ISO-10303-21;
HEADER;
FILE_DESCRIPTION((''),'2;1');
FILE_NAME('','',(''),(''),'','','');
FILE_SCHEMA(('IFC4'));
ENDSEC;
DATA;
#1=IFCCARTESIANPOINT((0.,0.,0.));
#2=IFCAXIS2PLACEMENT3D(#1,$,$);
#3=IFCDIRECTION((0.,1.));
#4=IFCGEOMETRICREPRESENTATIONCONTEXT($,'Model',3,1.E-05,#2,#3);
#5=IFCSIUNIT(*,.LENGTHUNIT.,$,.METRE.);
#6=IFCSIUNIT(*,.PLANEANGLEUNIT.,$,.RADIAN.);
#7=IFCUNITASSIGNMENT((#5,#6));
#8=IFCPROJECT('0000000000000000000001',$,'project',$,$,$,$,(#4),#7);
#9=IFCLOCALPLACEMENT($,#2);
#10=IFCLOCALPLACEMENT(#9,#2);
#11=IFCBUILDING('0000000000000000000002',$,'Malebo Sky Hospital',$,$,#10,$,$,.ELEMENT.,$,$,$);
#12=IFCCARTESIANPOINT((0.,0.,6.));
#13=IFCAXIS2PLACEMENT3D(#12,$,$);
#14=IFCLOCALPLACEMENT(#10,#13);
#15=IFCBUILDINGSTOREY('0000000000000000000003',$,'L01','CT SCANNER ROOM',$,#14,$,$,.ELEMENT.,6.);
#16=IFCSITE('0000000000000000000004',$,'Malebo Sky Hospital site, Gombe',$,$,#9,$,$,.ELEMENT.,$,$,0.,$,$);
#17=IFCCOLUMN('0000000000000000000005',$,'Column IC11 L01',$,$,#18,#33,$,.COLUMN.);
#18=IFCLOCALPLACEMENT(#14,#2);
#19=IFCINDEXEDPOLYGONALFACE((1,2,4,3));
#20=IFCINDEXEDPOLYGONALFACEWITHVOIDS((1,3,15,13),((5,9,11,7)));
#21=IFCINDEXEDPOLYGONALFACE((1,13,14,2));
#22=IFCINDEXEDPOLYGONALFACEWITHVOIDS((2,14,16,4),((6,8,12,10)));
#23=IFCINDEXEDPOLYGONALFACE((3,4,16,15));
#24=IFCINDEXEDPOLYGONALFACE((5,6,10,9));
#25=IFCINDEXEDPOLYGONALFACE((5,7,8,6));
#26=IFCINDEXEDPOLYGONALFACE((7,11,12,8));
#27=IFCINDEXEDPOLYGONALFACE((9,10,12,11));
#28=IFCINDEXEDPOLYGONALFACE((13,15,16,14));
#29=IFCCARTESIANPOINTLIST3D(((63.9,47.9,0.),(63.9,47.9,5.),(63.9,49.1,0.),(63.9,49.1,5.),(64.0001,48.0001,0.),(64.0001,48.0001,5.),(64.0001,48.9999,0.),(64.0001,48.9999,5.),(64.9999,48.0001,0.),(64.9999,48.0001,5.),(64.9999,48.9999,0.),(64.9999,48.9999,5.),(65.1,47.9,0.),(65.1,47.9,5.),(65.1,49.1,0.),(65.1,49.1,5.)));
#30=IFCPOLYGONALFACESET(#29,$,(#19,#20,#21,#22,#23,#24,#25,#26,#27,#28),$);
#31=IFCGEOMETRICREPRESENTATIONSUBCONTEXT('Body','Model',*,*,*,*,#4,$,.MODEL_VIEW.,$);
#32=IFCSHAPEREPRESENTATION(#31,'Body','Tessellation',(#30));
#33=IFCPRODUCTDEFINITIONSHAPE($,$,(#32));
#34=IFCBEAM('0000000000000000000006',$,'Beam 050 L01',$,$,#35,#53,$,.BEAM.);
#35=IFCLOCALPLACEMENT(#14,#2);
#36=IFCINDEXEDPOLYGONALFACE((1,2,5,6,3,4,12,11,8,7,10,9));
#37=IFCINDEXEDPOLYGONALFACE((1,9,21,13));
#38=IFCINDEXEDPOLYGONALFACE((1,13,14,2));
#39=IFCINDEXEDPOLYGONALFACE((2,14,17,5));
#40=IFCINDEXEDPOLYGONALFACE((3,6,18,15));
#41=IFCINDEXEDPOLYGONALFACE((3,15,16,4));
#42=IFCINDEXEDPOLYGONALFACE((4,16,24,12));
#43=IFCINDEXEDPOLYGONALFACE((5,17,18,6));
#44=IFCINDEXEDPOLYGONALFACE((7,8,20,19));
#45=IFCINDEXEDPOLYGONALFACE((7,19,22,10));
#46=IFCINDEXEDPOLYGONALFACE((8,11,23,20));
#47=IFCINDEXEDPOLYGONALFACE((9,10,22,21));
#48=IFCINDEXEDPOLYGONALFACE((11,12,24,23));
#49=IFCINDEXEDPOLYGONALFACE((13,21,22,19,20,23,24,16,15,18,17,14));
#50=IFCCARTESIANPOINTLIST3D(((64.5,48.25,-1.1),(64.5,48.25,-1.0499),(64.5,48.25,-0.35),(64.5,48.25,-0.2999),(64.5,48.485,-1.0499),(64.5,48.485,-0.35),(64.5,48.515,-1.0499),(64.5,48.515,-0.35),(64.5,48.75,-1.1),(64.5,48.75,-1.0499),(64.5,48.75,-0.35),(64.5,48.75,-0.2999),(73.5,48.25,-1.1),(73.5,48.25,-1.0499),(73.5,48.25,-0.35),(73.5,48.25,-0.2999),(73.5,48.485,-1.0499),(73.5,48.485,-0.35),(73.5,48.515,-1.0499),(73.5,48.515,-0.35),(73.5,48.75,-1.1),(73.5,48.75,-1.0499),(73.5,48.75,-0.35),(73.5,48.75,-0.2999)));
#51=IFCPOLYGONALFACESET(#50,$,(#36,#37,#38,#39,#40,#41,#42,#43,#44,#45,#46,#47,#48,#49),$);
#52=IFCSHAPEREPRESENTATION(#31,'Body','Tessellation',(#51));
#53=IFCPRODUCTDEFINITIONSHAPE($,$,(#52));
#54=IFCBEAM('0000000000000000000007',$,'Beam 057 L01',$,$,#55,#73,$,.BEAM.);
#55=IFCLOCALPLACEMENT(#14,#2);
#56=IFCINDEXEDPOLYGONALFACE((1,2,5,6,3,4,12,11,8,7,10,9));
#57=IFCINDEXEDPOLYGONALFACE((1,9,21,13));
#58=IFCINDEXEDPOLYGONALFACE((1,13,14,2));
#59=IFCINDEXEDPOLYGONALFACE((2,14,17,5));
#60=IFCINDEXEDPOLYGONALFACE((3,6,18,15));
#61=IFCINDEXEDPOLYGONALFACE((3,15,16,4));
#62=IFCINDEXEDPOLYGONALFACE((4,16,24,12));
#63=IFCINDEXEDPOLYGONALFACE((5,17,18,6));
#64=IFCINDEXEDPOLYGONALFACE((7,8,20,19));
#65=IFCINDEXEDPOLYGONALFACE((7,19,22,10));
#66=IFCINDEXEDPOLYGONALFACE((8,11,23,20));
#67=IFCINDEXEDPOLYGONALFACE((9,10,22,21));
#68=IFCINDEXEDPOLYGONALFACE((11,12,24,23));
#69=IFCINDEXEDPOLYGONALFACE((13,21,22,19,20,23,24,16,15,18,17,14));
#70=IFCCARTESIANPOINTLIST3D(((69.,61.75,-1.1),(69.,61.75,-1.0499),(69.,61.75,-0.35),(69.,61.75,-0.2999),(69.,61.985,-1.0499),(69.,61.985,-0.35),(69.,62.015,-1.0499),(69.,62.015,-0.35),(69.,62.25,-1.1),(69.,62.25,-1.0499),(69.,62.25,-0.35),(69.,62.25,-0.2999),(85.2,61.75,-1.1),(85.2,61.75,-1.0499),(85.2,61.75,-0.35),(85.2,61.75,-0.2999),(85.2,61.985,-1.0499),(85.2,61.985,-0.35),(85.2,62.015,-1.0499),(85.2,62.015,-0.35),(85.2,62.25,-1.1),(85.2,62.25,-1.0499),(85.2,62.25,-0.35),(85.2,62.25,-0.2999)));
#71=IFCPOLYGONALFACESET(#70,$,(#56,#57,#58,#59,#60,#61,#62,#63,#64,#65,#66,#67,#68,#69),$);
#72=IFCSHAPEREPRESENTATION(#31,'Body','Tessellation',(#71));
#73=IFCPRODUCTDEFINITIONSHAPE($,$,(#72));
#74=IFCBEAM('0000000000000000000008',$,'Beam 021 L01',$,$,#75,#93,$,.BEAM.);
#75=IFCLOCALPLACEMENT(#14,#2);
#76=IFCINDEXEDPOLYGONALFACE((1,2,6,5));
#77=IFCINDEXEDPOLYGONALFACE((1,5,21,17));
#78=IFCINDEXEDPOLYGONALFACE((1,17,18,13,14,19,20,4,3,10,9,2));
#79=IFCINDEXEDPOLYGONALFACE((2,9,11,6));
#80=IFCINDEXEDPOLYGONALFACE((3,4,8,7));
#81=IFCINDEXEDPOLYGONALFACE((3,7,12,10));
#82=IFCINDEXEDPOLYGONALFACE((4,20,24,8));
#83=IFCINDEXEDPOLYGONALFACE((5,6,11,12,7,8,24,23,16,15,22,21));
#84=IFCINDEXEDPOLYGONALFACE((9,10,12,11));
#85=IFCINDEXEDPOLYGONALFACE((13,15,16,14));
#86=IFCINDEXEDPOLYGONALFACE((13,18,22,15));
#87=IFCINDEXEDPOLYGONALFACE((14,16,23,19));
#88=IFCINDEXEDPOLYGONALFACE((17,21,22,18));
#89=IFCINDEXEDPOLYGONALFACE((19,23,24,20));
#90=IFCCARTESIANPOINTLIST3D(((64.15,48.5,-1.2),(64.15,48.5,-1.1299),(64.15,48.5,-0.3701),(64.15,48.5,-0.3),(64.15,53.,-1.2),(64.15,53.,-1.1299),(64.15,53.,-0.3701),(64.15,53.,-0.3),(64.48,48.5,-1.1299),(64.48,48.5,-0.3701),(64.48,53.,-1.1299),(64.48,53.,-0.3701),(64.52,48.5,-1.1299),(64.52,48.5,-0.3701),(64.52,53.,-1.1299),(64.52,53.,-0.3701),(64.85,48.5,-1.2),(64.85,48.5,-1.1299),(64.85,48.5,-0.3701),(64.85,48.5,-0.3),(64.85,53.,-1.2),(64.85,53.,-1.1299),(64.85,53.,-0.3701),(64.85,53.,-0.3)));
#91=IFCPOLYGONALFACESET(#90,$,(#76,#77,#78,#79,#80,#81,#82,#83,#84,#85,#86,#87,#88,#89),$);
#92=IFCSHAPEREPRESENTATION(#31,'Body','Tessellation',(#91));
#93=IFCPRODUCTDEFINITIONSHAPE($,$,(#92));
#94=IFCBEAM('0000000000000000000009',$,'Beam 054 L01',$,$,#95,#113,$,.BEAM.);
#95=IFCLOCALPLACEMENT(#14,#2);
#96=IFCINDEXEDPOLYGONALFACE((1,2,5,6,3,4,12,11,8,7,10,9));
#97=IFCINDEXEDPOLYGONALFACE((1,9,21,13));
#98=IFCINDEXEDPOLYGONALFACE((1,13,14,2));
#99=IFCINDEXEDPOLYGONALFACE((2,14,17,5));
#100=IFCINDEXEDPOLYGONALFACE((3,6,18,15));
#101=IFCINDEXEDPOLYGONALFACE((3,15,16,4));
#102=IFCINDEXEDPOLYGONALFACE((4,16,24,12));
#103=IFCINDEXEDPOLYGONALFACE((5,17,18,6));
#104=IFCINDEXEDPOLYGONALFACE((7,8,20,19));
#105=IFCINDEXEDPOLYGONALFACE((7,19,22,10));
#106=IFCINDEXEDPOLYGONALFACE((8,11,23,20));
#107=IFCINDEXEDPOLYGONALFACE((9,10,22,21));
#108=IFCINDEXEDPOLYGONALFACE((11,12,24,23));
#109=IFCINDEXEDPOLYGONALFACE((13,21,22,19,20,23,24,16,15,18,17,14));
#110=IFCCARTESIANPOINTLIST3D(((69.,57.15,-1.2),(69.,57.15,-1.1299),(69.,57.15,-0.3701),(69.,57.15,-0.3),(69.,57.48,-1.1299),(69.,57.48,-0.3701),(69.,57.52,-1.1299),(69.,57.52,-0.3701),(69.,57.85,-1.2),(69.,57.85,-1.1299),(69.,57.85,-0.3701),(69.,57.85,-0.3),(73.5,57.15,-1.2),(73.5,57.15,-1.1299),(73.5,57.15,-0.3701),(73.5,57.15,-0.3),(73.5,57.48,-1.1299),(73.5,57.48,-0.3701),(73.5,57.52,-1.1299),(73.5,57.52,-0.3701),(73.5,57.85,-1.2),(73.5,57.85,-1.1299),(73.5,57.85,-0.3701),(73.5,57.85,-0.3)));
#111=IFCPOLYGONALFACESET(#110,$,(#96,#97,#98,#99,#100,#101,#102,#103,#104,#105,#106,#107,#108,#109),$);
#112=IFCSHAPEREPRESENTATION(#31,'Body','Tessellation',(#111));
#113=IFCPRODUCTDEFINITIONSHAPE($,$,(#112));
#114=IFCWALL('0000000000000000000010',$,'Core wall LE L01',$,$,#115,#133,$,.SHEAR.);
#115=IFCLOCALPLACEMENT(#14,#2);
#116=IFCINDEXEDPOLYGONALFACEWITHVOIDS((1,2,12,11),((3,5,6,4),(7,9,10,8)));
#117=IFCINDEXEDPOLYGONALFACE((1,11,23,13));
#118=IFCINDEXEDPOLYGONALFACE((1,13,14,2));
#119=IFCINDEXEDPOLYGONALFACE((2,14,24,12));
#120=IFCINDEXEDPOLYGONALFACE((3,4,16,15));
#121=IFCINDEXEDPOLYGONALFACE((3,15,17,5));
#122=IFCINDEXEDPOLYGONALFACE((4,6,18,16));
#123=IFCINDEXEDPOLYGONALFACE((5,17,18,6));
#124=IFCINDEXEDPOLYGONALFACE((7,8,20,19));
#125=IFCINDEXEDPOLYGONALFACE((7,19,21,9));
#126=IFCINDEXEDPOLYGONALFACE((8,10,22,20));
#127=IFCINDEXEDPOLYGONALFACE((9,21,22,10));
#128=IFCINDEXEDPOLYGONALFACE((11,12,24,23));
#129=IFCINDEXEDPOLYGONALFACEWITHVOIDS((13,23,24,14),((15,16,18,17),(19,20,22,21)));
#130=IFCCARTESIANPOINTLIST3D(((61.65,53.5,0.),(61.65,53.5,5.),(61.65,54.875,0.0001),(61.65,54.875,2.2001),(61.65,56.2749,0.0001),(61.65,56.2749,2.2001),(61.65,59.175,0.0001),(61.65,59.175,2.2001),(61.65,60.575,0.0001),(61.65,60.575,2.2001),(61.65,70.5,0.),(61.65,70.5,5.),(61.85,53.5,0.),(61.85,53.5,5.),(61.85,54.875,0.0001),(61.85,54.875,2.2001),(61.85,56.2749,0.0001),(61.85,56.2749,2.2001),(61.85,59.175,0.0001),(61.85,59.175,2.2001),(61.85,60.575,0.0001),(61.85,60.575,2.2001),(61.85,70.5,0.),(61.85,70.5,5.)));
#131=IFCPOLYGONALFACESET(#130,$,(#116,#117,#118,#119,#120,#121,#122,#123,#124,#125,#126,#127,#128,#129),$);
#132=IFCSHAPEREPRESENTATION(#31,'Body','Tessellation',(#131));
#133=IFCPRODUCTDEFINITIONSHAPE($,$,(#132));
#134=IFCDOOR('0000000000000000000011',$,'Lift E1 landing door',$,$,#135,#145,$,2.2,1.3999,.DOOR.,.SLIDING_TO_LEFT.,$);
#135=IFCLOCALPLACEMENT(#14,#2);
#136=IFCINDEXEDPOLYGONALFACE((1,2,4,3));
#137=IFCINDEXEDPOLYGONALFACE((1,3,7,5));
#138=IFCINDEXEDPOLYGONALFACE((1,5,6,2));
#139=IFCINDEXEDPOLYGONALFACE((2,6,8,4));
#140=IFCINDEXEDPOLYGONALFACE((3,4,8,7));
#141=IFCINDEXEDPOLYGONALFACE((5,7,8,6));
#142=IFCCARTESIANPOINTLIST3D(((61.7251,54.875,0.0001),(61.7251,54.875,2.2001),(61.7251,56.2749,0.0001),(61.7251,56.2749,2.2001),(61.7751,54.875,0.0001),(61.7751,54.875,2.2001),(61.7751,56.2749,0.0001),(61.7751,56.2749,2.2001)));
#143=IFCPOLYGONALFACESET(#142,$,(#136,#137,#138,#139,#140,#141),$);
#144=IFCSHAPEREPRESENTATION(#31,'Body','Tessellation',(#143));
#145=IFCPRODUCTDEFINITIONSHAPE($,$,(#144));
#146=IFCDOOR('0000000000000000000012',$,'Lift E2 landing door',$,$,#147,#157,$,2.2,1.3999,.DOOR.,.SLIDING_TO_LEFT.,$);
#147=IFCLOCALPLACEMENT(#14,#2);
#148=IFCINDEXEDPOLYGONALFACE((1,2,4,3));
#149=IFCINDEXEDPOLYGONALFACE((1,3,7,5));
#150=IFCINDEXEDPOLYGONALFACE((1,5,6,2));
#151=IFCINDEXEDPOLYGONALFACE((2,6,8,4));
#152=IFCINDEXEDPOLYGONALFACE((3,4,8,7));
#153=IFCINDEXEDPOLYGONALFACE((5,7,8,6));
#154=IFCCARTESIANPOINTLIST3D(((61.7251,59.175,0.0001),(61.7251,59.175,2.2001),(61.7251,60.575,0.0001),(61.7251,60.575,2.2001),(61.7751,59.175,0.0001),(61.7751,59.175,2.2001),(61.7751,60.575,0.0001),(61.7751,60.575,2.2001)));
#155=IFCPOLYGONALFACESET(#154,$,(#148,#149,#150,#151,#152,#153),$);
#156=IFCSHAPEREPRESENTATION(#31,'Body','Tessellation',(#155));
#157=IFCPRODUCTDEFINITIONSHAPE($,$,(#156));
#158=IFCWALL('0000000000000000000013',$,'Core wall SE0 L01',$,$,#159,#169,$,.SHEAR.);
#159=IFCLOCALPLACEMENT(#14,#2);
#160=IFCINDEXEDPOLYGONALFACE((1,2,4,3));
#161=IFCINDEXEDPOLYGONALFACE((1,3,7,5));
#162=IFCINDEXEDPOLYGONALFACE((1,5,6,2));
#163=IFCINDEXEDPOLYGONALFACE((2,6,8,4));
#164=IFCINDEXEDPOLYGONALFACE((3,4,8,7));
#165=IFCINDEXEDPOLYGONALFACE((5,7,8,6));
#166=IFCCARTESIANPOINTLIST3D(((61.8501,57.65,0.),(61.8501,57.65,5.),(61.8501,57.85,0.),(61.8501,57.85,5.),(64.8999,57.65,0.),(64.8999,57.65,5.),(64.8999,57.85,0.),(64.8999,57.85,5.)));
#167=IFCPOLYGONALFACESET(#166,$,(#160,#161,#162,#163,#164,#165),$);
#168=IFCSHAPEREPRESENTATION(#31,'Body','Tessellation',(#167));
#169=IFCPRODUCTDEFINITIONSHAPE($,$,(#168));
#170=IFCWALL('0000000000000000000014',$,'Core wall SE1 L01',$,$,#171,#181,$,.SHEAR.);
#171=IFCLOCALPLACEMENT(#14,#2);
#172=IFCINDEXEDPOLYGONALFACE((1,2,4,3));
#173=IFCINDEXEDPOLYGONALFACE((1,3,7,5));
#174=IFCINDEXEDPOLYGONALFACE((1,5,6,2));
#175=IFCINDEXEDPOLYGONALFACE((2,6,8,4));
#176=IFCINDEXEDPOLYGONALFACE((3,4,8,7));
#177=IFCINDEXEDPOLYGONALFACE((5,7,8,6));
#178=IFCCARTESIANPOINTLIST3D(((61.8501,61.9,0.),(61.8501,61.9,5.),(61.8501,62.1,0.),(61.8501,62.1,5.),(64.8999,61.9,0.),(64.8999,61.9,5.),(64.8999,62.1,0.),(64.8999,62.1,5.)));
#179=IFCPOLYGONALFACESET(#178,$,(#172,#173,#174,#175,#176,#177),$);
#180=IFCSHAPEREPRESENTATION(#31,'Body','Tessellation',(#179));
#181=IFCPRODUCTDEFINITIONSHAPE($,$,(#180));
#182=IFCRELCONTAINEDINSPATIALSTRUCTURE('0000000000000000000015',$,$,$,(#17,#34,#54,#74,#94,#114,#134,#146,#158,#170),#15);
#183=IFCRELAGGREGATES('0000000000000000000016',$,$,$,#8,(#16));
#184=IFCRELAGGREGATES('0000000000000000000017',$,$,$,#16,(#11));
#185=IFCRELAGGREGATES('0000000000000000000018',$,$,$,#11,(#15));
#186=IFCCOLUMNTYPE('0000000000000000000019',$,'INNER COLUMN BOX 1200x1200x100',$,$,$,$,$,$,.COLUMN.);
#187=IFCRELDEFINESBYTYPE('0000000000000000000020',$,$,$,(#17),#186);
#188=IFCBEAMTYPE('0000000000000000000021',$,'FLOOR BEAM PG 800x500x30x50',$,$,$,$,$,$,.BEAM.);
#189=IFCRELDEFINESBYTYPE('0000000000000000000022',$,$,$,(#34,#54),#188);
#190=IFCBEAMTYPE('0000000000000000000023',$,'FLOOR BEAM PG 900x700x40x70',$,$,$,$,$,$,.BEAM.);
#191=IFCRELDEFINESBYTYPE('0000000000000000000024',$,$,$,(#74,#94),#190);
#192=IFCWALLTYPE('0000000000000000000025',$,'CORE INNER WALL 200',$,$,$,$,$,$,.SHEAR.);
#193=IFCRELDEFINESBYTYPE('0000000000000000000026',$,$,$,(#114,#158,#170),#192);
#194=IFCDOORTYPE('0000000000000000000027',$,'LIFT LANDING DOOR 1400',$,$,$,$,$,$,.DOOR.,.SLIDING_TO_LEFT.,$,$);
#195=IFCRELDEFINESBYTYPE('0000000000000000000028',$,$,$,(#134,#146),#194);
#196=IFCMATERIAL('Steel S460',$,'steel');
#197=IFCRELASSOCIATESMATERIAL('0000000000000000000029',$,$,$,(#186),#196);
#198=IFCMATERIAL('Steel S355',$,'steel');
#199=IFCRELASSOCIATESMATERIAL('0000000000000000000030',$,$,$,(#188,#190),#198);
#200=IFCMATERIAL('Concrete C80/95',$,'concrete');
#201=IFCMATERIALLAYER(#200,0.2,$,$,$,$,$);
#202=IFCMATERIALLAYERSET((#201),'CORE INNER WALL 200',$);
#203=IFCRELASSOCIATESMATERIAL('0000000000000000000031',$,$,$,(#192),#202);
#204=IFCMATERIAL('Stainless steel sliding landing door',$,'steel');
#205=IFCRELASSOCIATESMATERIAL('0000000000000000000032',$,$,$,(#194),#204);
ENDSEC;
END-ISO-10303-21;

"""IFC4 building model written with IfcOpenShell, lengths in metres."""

from ifc_helpers import new_model, si_unit, direction, frame, frame_2d, origin, origin_2d, place, context, subcontext, project, spatial, rectangle, hollow_rectangle, i_section, extrude, material, layer, layer_set, material_profile, profile_set, type_object, element, fill, save


model = new_model("IFC4")

# Units and contexts
model_context = context("Model", 3, precision=1e-05, world=origin(), true_north=direction((0.0, 1.0)))
body_context = subcontext(model_context, "Body", "Model", "MODEL_VIEW")
ifc_project = project(units=[si_unit("LENGTHUNIT", "METRE"), si_unit("PLANEANGLEUNIT", "RADIAN")], contexts=[model_context])

# Site, building, storey
site_placement = place(None, origin())
site = spatial("IfcSite", under=ifc_project, at=site_placement, Name="Malebo Sky Hospital site, Gombe", CompositionType="ELEMENT", RefElevation=0.0)
building_placement = place(site_placement, origin())
building = spatial("IfcBuilding", under=site, at=building_placement, Name="Malebo Sky Hospital", CompositionType="ELEMENT")
storey_placement = place(building_placement, frame((0.0, 0.0, 6.0)))
storey = spatial("IfcBuildingStorey", under=building, at=storey_placement, Name="L01", Description="CT SCANNER ROOM", CompositionType="ELEMENT", Elevation=6.0)

# Column
ifc_material_1 = material(Name="Steel S460", Category="steel")
ifc_material_profile_1 = material_profile(ifc_material_1, hollow_rectangle(XDim=1.2, YDim=1.2, WallThickness=0.1001, at=origin_2d()), Name="BOX 1200x1200x100")
ifc_profile_set_1 = profile_set([ifc_material_profile_1], Name="Steel S460")
column_type = type_object("IfcColumnType", Name="INNER COLUMN BOX 1200x1200x100", PredefinedType="COLUMN", material=ifc_profile_set_1)
column_placement = place(storey_placement, frame((64.5, 48.5, 0.0), z_axis=(0.0, 0.0, 1.0), x_axis=(1.0, 0.0, 0.0)))
element("IfcColumn", 1, at=column_placement, inside=storey, type_object=column_type, Name="Column IC11 L01", PredefinedType="COLUMN", context=body_context, shape_type="SweptSolid", body=[
    extrude(hollow_rectangle(XDim=1.2, YDim=1.2, WallThickness=0.1001, at=origin_2d()), origin(), (0.0, 0.0, 1.0), 5.0),
])

# Beams
ifc_material_2 = material(Name="Steel S355", Category="steel")
ifc_material_profile_2 = material_profile(ifc_material_2, i_section(OverallWidth=0.5, OverallDepth=0.8, WebThickness=0.03, FlangeThickness=0.05, at=origin_2d()), Name="PG 800x500x30x50")
ifc_profile_set_2 = profile_set([ifc_material_profile_2], Name="Steel S355")
beam_type_1 = type_object("IfcBeamType", Name="FLOOR BEAM PG 800x500x30x50", PredefinedType="BEAM", material=ifc_profile_set_2)
beam_1_placement = place(storey_placement, frame((64.5, 48.5, -0.7), z_axis=(1.0, 0.0, 0.0), x_axis=(0.0, 1.0, 0.0)))
element("IfcBeam", 2, at=beam_1_placement, inside=storey, type_object=beam_type_1, Name="Beam 050 L01", PredefinedType="BEAM", context=body_context, shape_type="SweptSolid", body=[
    extrude(i_section(OverallWidth=0.5, OverallDepth=0.8, WebThickness=0.03, FlangeThickness=0.05, at=origin_2d()), origin(), (0.0, 0.0, 1.0), 9.0),
])
beam_2_placement = place(storey_placement, frame((69.0, 62.0, -0.7), z_axis=(1.0, 0.0, 0.0), x_axis=(0.0, 1.0, 0.0)))
element("IfcBeam", 3, at=beam_2_placement, inside=storey, type_object=beam_type_1, Name="Beam 057 L01", PredefinedType="BEAM", context=body_context, shape_type="SweptSolid", body=[
    extrude(i_section(OverallWidth=0.5, OverallDepth=0.8, WebThickness=0.03, FlangeThickness=0.05, at=origin_2d()), origin(), (0.0, 0.0, 1.0), 16.2),
])
ifc_material_profile_3 = material_profile(ifc_material_2, i_section(OverallWidth=0.7, OverallDepth=0.8999, WebThickness=0.04, FlangeThickness=0.0701, at=origin_2d()), Name="PG 900x700x40x70")
ifc_profile_set_3 = profile_set([ifc_material_profile_3], Name="Steel S355")
beam_type_2 = type_object("IfcBeamType", Name="FLOOR BEAM PG 900x700x40x70", PredefinedType="BEAM", material=ifc_profile_set_3)
for number, where, z_axis, x_axis, name in (
    (4, (64.5, 48.5, -0.75), (0.0, 1.0, 0.0), (-1.0, 0.0, 0.0), "Beam 021 L01"),
    (5, (69.0, 57.5, -0.75), (1.0, 0.0, 0.0), (0.0, 1.0, 0.0), "Beam 054 L01"),
):
    element("IfcBeam", number, at=place(storey_placement, frame(where, z_axis=z_axis, x_axis=x_axis)), inside=storey, type_object=beam_type_2, Name=name, PredefinedType="BEAM", context=body_context, shape_type="SweptSolid", body=[
        extrude(i_section(OverallWidth=0.7, OverallDepth=0.8999, WebThickness=0.04, FlangeThickness=0.0701, at=origin_2d()), origin(), (0.0, 0.0, 1.0), 4.5),
    ])

# Wall, openings, doors
ifc_material_3 = material(Name="Concrete C80/95", Category="concrete")
ifc_layer_1 = layer(ifc_material_3, 0.2)
ifc_layer_set_1 = layer_set([ifc_layer_1], Name="CORE INNER WALL 200")
wall_type_1 = type_object("IfcWallType", Name="CORE INNER WALL 200", PredefinedType="SHEAR", material=ifc_layer_set_1)
wall_1_placement = place(storey_placement, frame((61.75, 53.5, 0.0), z_axis=(0.0, 0.0, 1.0), x_axis=(0.0, 1.0, 0.0)))
wall_1 = element("IfcWall", 6, at=wall_1_placement, inside=storey, type_object=wall_type_1, Name="Core wall LE L01", PredefinedType="SHEAR", context=body_context, shape_type="SweptSolid", body=[
    extrude(rectangle(XDim=17.0, YDim=0.2, at=frame_2d((8.5, 0.0))), origin(), (0.0, 0.0, 1.0), 5.0),
])
opening_1_placement = place(wall_1_placement, frame((1.375, 0.0, 0.0)))
opening_1 = element("IfcOpeningElement", 7, at=opening_1_placement, cuts=wall_1, PredefinedType="OPENING", context=body_context, shape_type="SweptSolid", body=[
    extrude(rectangle(XDim=1.3999, YDim=2.2, at=frame_2d((0.7, 1.1001))), frame((0.0, 0.1099, 0.0), z_axis=(0.0, -1.0, 0.0), x_axis=(1.0, 0.0, 0.0)), (0.0, 0.0, 1.0), 0.22),
])
opening_2_placement = place(wall_1_placement, frame((5.675, 0.0, 0.0)))
opening_2 = element("IfcOpeningElement", 8, at=opening_2_placement, cuts=wall_1, PredefinedType="OPENING", context=body_context, shape_type="SweptSolid", body=[
    extrude(rectangle(XDim=1.3999, YDim=2.2, at=frame_2d((0.7, 1.1001))), frame((0.0, 0.1099, 0.0), z_axis=(0.0, -1.0, 0.0), x_axis=(1.0, 0.0, 0.0)), (0.0, 0.0, 1.0), 0.22),
])
ifc_material_4 = material(Name="Stainless steel sliding landing door", Category="steel")
door_type_1 = type_object("IfcDoorType", Name="LIFT LANDING DOOR 1400", OperationType="SLIDING_TO_LEFT", PredefinedType="DOOR", material=ifc_material_4)
door_1_placement = place(opening_1_placement, origin())
door_1 = element("IfcDoor", 9, at=door_1_placement, inside=storey, type_object=door_type_1, Name="Lift E1 landing door", OperationType="SLIDING_TO_LEFT", OverallHeight=2.2, OverallWidth=1.3999, PredefinedType="DOOR", context=body_context, shape_type="SweptSolid", body=[
    extrude(rectangle(XDim=1.3999, YDim=2.2, at=frame_2d((0.7, 1.1001))), frame((0.0, 0.0249, 0.0), z_axis=(0.0, -1.0, 0.0), x_axis=(1.0, 0.0, 0.0)), (0.0, 0.0, 1.0), 0.05),
])
fill(opening_1, door_1)
door_2_placement = place(opening_2_placement, origin())
door_2 = element("IfcDoor", 10, at=door_2_placement, inside=storey, type_object=door_type_1, Name="Lift E2 landing door", OperationType="SLIDING_TO_LEFT", OverallHeight=2.2, OverallWidth=1.3999, PredefinedType="DOOR", context=body_context, shape_type="SweptSolid", body=[
    extrude(rectangle(XDim=1.3999, YDim=2.2, at=frame_2d((0.7, 1.1001))), frame((0.0, 0.0249, 0.0), z_axis=(0.0, -1.0, 0.0), x_axis=(1.0, 0.0, 0.0)), (0.0, 0.0, 1.0), 0.05),
])
fill(opening_2, door_2)

# Walls
for number, where, z_axis, x_axis, name in (
    (11, (61.8501, 57.75, 0.0), (0.0, 0.0, 1.0), (1.0, 0.0, 0.0), "Core wall SE0 L01"),
    (12, (61.8501, 62.0, 0.0), (0.0, 0.0, 1.0), (1.0, 0.0, 0.0), "Core wall SE1 L01"),
):
    element("IfcWall", number, at=place(storey_placement, frame(where, z_axis=z_axis, x_axis=x_axis)), inside=storey, type_object=wall_type_1, Name=name, PredefinedType="SHEAR", context=body_context, shape_type="SweptSolid", body=[
        extrude(rectangle(XDim=3.0498, YDim=0.2, at=frame_2d((1.5249, 0.0))), origin(), (0.0, 0.0, 1.0), 5.0),
    ])

save(model, "model.ifc")
